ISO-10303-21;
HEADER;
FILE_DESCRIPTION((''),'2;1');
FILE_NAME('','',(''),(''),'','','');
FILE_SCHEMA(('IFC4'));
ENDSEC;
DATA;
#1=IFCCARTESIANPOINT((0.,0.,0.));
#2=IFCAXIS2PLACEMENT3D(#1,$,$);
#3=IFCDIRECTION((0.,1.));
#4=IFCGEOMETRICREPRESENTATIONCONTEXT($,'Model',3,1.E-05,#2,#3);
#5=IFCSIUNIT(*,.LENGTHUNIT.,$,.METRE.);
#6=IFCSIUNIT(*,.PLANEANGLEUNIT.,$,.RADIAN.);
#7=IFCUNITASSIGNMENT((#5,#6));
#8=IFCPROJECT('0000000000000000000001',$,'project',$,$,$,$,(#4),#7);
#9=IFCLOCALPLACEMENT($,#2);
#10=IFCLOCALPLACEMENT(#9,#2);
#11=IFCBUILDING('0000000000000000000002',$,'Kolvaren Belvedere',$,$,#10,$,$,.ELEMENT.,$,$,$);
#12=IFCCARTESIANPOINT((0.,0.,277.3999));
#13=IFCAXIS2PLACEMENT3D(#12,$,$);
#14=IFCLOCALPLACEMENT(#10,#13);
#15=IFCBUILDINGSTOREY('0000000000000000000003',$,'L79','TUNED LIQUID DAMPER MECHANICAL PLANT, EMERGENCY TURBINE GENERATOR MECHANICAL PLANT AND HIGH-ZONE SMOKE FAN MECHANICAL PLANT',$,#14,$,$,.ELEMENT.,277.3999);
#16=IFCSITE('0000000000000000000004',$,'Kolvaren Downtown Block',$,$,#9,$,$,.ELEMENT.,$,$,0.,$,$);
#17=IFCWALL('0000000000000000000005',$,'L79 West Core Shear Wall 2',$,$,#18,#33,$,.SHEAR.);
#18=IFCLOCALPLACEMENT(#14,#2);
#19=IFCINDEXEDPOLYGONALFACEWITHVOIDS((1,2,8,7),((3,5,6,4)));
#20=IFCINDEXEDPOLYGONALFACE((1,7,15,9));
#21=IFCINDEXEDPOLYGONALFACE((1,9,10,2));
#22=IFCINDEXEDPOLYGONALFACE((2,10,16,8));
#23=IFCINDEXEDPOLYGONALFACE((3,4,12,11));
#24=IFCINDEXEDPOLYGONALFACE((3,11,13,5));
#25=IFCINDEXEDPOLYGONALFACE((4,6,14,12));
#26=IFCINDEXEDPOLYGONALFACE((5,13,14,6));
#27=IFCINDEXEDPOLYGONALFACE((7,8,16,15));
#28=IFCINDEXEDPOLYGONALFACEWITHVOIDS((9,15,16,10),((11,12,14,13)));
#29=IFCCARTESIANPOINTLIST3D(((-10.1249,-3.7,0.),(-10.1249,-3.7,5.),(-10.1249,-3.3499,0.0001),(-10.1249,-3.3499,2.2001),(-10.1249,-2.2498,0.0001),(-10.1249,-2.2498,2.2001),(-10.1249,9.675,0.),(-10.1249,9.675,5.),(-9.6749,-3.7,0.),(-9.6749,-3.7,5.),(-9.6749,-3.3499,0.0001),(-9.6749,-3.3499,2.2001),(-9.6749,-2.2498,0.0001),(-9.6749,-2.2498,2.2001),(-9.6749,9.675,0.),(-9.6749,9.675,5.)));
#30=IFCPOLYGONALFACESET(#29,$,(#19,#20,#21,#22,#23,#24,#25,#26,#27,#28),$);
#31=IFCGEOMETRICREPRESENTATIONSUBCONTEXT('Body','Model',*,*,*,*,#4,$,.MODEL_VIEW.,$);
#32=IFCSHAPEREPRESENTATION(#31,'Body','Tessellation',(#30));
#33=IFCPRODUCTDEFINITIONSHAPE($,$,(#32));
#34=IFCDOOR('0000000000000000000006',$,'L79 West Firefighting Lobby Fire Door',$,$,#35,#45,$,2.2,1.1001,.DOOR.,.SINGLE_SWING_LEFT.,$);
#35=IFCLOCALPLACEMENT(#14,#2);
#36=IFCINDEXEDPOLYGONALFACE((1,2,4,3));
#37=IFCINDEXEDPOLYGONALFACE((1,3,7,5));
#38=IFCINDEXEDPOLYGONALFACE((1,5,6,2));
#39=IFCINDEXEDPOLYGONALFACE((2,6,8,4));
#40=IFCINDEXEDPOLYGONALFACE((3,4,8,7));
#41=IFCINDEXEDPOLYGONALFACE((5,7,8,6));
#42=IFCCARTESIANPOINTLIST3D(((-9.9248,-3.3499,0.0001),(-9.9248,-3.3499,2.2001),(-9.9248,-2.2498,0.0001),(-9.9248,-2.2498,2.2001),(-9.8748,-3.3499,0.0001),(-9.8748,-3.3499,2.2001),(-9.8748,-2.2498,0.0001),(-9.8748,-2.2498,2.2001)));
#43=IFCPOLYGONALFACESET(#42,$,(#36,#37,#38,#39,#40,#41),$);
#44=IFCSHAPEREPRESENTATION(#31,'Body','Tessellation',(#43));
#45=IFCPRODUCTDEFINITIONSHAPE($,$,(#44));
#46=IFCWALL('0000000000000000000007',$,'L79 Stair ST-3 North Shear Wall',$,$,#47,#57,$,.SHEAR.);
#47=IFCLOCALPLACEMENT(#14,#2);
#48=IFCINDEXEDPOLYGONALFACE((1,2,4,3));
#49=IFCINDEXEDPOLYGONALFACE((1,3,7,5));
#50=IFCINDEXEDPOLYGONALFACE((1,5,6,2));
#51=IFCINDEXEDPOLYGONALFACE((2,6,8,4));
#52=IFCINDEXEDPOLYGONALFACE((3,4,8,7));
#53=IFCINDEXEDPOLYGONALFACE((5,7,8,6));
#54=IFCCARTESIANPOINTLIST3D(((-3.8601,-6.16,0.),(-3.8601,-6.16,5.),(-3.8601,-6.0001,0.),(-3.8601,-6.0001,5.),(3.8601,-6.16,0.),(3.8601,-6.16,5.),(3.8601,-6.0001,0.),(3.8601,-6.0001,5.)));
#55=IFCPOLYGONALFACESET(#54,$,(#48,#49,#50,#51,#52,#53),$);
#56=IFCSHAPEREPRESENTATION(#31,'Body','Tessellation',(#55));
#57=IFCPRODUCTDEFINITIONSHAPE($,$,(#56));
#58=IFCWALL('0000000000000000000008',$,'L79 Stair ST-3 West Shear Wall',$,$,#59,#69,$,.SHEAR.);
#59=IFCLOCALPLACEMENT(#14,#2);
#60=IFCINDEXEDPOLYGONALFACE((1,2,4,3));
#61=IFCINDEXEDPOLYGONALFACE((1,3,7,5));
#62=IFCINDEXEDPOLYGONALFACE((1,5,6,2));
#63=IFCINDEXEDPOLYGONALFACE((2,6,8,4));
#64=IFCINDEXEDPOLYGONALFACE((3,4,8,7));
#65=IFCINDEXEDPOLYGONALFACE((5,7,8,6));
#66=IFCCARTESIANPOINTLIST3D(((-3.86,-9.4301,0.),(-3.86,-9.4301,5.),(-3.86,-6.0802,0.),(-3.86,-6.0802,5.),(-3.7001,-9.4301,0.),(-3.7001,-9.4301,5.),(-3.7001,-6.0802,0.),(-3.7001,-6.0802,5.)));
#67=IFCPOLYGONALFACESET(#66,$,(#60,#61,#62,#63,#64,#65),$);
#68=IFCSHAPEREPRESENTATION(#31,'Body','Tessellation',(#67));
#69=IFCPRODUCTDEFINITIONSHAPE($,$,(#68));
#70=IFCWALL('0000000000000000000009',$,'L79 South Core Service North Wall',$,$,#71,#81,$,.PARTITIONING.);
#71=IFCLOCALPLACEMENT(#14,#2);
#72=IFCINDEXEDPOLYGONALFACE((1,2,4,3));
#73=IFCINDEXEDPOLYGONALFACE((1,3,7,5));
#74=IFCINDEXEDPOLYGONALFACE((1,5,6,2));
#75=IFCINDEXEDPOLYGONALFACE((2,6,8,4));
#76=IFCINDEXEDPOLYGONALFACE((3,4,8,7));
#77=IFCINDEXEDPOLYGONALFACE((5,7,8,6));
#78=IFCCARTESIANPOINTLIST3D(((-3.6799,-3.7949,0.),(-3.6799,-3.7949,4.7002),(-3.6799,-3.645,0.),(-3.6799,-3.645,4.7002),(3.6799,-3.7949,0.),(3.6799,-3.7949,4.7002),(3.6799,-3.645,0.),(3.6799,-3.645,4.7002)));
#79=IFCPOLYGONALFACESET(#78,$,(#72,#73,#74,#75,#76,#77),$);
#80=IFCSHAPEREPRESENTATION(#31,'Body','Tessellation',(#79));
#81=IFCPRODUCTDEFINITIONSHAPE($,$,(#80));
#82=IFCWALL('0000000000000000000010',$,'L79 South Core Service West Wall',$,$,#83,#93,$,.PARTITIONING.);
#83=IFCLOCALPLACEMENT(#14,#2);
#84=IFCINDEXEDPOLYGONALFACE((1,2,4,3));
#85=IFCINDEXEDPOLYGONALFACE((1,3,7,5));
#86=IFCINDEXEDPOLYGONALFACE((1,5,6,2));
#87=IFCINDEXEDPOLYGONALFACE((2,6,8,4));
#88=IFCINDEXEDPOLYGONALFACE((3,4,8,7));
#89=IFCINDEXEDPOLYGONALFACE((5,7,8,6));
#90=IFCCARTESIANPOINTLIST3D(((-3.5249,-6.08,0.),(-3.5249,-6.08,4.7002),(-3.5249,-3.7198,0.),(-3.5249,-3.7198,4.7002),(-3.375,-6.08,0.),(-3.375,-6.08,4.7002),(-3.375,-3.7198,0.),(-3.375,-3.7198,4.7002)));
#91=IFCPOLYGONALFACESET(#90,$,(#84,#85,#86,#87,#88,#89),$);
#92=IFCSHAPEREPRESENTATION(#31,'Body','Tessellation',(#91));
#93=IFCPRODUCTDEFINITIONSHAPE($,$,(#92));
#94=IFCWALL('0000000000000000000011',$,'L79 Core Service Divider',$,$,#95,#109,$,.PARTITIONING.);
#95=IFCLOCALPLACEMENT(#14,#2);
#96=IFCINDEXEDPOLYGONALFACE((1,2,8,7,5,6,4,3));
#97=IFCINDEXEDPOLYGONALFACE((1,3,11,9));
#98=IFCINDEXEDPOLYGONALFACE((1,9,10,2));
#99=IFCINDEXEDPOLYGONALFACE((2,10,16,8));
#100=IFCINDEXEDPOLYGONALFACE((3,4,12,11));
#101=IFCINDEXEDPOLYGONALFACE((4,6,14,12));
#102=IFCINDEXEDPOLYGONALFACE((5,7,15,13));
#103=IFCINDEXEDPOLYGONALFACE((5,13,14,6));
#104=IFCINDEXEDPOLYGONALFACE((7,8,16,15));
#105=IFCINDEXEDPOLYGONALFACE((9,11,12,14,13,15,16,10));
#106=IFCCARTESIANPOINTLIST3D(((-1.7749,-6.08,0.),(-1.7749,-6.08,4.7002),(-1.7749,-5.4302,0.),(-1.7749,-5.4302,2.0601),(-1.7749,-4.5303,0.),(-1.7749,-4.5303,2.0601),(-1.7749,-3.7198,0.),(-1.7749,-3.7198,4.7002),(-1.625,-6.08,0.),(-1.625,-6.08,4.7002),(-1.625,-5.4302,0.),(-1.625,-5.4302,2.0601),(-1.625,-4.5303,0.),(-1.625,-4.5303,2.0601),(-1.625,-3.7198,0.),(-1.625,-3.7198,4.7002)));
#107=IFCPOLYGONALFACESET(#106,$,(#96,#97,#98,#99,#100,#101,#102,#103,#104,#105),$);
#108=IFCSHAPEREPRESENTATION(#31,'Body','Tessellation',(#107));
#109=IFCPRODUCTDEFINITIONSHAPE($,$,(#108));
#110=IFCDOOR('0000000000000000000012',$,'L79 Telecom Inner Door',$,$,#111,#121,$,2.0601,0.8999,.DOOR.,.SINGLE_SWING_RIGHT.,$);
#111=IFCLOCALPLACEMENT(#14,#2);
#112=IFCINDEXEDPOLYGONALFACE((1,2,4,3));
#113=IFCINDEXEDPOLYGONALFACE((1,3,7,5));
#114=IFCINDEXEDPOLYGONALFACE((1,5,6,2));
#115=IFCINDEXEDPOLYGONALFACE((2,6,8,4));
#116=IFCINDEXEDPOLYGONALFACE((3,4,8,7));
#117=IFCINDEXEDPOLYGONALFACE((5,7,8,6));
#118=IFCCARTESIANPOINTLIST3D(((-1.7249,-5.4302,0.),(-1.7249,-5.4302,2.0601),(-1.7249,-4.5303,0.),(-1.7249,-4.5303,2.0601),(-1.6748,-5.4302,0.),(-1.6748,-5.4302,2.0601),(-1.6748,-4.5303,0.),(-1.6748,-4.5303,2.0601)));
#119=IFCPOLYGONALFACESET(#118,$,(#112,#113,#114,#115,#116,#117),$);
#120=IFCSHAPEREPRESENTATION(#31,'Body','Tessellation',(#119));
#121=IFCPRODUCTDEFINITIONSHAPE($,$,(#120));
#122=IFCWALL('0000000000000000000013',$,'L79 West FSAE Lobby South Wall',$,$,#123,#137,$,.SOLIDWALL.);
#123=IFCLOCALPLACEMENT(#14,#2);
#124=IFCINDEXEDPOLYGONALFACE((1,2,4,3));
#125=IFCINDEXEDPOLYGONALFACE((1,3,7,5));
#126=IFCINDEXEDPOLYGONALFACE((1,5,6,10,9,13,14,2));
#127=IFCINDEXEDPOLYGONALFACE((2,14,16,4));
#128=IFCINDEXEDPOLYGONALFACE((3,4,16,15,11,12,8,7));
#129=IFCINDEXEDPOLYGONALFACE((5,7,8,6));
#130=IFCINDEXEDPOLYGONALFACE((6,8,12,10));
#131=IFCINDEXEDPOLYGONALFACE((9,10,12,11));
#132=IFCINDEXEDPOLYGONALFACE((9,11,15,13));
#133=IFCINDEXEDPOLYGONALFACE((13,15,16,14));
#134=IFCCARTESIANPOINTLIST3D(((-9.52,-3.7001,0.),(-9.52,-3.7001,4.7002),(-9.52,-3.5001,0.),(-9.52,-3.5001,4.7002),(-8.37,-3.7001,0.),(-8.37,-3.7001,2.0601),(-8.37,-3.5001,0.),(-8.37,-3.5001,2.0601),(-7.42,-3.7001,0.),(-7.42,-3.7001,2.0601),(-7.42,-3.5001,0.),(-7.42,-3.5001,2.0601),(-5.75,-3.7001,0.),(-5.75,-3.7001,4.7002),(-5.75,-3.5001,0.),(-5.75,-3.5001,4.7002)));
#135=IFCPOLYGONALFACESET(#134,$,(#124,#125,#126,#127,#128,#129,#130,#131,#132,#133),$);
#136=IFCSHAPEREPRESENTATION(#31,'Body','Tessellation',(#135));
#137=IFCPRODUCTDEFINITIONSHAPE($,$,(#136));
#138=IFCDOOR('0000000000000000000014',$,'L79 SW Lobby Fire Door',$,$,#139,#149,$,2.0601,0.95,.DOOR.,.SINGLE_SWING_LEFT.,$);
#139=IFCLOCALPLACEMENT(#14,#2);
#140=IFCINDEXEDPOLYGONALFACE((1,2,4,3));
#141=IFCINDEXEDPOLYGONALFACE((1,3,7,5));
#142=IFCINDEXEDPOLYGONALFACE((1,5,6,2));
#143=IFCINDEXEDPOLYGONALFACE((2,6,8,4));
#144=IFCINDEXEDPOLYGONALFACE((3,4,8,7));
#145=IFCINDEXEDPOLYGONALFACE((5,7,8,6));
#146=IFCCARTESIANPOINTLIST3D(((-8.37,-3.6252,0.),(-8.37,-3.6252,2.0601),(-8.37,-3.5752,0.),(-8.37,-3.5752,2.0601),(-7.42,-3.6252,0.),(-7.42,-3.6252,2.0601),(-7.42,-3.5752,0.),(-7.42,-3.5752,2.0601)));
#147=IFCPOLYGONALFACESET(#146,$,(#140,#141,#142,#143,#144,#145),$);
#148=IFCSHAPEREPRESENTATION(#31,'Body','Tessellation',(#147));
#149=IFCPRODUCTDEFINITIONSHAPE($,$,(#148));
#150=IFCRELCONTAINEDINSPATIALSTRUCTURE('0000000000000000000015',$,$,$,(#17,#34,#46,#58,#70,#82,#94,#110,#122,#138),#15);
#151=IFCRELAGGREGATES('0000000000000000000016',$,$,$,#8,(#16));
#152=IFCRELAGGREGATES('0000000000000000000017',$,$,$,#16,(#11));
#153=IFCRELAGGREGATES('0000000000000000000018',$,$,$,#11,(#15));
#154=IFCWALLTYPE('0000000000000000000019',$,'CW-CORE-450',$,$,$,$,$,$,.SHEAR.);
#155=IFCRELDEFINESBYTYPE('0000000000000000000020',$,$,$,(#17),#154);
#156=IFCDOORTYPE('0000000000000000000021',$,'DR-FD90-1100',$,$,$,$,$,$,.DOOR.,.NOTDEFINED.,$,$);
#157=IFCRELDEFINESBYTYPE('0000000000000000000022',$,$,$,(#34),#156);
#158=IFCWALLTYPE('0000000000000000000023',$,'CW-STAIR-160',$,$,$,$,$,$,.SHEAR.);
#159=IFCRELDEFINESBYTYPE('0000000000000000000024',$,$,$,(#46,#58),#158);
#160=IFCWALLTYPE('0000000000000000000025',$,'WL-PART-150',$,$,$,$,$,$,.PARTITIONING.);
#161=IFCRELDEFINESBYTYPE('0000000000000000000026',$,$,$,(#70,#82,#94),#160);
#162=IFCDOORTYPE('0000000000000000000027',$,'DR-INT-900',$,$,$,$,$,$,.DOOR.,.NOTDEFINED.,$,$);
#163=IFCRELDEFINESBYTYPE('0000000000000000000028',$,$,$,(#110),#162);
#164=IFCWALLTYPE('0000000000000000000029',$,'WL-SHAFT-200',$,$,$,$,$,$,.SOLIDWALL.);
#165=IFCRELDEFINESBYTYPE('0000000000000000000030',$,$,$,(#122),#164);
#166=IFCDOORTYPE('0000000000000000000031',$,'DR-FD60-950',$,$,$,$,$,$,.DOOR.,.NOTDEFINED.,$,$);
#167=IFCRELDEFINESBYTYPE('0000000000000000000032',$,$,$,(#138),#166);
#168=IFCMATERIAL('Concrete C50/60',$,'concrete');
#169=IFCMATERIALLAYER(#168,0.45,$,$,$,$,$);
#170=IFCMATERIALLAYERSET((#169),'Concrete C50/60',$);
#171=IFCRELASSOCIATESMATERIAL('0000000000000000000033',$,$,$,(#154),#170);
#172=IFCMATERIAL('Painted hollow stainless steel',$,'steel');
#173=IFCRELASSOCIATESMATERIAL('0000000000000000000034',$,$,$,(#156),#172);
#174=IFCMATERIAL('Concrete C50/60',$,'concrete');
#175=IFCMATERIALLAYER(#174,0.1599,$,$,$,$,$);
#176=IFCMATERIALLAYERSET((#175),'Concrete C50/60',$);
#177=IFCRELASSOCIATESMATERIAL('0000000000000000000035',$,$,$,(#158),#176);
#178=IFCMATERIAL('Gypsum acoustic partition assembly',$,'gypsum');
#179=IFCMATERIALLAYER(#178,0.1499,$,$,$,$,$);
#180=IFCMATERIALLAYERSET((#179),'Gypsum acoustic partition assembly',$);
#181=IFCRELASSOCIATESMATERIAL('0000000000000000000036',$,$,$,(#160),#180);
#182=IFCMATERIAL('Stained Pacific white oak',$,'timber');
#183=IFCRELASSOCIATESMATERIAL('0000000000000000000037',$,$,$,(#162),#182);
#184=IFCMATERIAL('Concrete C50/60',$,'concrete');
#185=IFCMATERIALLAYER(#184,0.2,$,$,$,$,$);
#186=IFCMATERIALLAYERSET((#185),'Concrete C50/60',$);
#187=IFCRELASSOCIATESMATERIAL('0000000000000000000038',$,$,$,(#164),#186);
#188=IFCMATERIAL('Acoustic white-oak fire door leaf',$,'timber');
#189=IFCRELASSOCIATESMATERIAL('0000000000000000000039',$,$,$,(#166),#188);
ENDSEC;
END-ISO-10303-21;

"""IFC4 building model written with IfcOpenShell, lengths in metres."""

from ifc_helpers import new_model, si_unit, direction, frame, frame_2d, origin, place, context, subcontext, project, spatial, rectangle, extrude, material, layer, layer_set, type_object, element, fill, save


model = new_model("IFC4")

# Units and contexts
model_context = context("Model", 3, precision=1e-05, world=origin(), true_north=direction((0.0, 1.0)))
body_context = subcontext(model_context, "Body", "Model", "MODEL_VIEW")
ifc_project = project(units=[si_unit("LENGTHUNIT", "METRE"), si_unit("PLANEANGLEUNIT", "RADIAN")], contexts=[model_context])

# Site, building, storey
site_placement = place(None, origin())
site = spatial("IfcSite", under=ifc_project, at=site_placement, Name="Kolvaren Downtown Block", CompositionType="ELEMENT", RefElevation=0.0)
building_placement = place(site_placement, origin())
building = spatial("IfcBuilding", under=site, at=building_placement, Name="Kolvaren Belvedere", CompositionType="ELEMENT")
storey_placement = place(building_placement, frame((0.0, 0.0, 277.3999)))
storey = spatial("IfcBuildingStorey", under=building, at=storey_placement, Name="L79", Description="TUNED LIQUID DAMPER MECHANICAL PLANT, EMERGENCY TURBINE GENERATOR MECHANICAL PLANT AND HIGH-ZONE SMOKE FAN MECHANICAL PLANT", CompositionType="ELEMENT", Elevation=277.3999)

# Shared definitions
ifc_material_1 = material(Name="Concrete C50/60", Category="concrete")
ifc_layer_1 = layer(ifc_material_1, 0.45)
ifc_layer_set_1 = layer_set([ifc_layer_1], Name="Concrete C50/60")
wall_type_1 = type_object("IfcWallType", Name="CW-CORE-450", PredefinedType="SHEAR", material=ifc_layer_set_1)

# Wall, opening, door
wall_1_placement = place(storey_placement, frame((-9.8999, -3.7, 0.0), z_axis=(0.0, 0.0, 1.0), x_axis=(0.0, 1.0, 0.0)))
wall_1 = element("IfcWall", 1, at=wall_1_placement, inside=storey, type_object=wall_type_1, Name="L79 West Core Shear Wall 2", PredefinedType="SHEAR", context=body_context, shape_type="SweptSolid", body=[
    extrude(rectangle(XDim=13.375, YDim=0.45, at=frame_2d((6.6875, 0.0))), origin(), (0.0, 0.0, 1.0), 5.0),
])
opening_1_placement = place(wall_1_placement, frame((0.3501, 0.0, 0.0)))
opening_1 = element("IfcOpeningElement", 2, at=opening_1_placement, cuts=wall_1, PredefinedType="OPENING", context=body_context, shape_type="SweptSolid", body=[
    extrude(rectangle(XDim=1.1001, YDim=2.2, at=frame_2d((0.55, 1.1001))), frame((0.0, 0.2349, 0.0), z_axis=(0.0, -1.0, 0.0), x_axis=(1.0, 0.0, 0.0)), (0.0, 0.0, 1.0), 0.47),
])
ifc_material_2 = material(Name="Painted hollow stainless steel", Category="steel")
door_type_1 = type_object("IfcDoorType", Name="DR-FD90-1100", OperationType="NOTDEFINED", PredefinedType="DOOR", material=ifc_material_2)
door_1_placement = place(opening_1_placement, origin())
door_1 = element("IfcDoor", 3, at=door_1_placement, inside=storey, type_object=door_type_1, Name="L79 West Firefighting Lobby Fire Door", OperationType="SINGLE_SWING_LEFT", OverallHeight=2.2, OverallWidth=1.1001, PredefinedType="DOOR", context=body_context, shape_type="SweptSolid", body=[
    extrude(rectangle(XDim=1.1001, YDim=2.2, at=frame_2d((0.55, 1.1001))), frame((0.0, 0.0249, 0.0), z_axis=(0.0, -1.0, 0.0), x_axis=(1.0, 0.0, 0.0)), (0.0, 0.0, 1.0), 0.05),
])
fill(opening_1, door_1)

# Walls
ifc_material_3 = material(Name="Concrete C50/60", Category="concrete")
ifc_layer_2 = layer(ifc_material_3, 0.1599)
ifc_layer_set_2 = layer_set([ifc_layer_2], Name="Concrete C50/60")
wall_type_2 = type_object("IfcWallType", Name="CW-STAIR-160", PredefinedType="SHEAR", material=ifc_layer_set_2)
wall_2_placement = place(storey_placement, frame((-3.8601, -6.0801, 0.0), z_axis=(0.0, 0.0, 1.0), x_axis=(1.0, 0.0, 0.0)))
element("IfcWall", 4, at=wall_2_placement, inside=storey, type_object=wall_type_2, Name="L79 Stair ST-3 North Shear Wall", PredefinedType="SHEAR", context=body_context, shape_type="SweptSolid", body=[
    extrude(rectangle(XDim=7.7202, YDim=0.1599, at=frame_2d((3.8601, 0.0))), origin(), (0.0, 0.0, 1.0), 5.0),
])
wall_3_placement = place(storey_placement, frame((-3.78, -9.4299, 0.0), z_axis=(0.0, 0.0, 1.0), x_axis=(0.0, 1.0, 0.0)))
element("IfcWall", 5, at=wall_3_placement, inside=storey, type_object=wall_type_2, Name="L79 Stair ST-3 West Shear Wall", PredefinedType="SHEAR", context=body_context, shape_type="SweptSolid", body=[
    extrude(rectangle(XDim=3.3499, YDim=0.1599, at=frame_2d((1.6748, 0.0))), origin(), (0.0, 0.0, 1.0), 5.0),
])
ifc_material_4 = material(Name="Gypsum acoustic partition assembly", Category="gypsum")
ifc_layer_3 = layer(ifc_material_4, 0.1499)
ifc_layer_set_3 = layer_set([ifc_layer_3], Name="Gypsum acoustic partition assembly")
wall_type_3 = type_object("IfcWallType", Name="WL-PART-150", PredefinedType="PARTITIONING", material=ifc_layer_set_3)
wall_4_placement = place(storey_placement, frame((-3.6799, -3.72, 0.0), z_axis=(0.0, 0.0, 1.0), x_axis=(1.0, 0.0, 0.0)))
element("IfcWall", 6, at=wall_4_placement, inside=storey, type_object=wall_type_3, Name="L79 South Core Service North Wall", PredefinedType="PARTITIONING", context=body_context, shape_type="SweptSolid", body=[
    extrude(rectangle(XDim=7.3599, YDim=0.1499, at=frame_2d((3.6799, 0.0))), origin(), (0.0, 0.0, 1.0), 4.7002),
])
wall_5_placement = place(storey_placement, frame((-3.45, -6.0801, 0.0), z_axis=(0.0, 0.0, 1.0), x_axis=(0.0, 1.0, 0.0)))
element("IfcWall", 7, at=wall_5_placement, inside=storey, type_object=wall_type_3, Name="L79 South Core Service West Wall", PredefinedType="PARTITIONING", context=body_context, shape_type="SweptSolid", body=[
    extrude(rectangle(XDim=2.3601, YDim=0.1499, at=frame_2d((1.1802, 0.0))), origin(), (0.0, 0.0, 1.0), 4.7002),
])

# Walls, openings, doors
wall_6_placement = place(storey_placement, frame((-1.7, -6.0801, 0.0), z_axis=(0.0, 0.0, 1.0), x_axis=(0.0, 1.0, 0.0)))
wall_6 = element("IfcWall", 8, at=wall_6_placement, inside=storey, type_object=wall_type_3, Name="L79 Core Service Divider", PredefinedType="PARTITIONING", context=body_context, shape_type="SweptSolid", body=[
    extrude(rectangle(XDim=2.3601, YDim=0.1499, at=frame_2d((1.1802, 0.0))), origin(), (0.0, 0.0, 1.0), 4.7002),
])
opening_2_placement = place(wall_6_placement, frame((0.6499, 0.0, 0.0)))
opening_2 = element("IfcOpeningElement", 9, at=opening_2_placement, cuts=wall_6, PredefinedType="OPENING", context=body_context, shape_type="SweptSolid", body=[
    extrude(rectangle(XDim=0.8999, YDim=2.0601, at=frame_2d((0.45, 1.03))), frame((0.0, 0.085, 0.0), z_axis=(0.0, -1.0, 0.0), x_axis=(1.0, 0.0, 0.0)), (0.0, 0.0, 1.0), 0.1699),
])
ifc_material_5 = material(Name="Stained Pacific white oak", Category="timber")
door_type_2 = type_object("IfcDoorType", Name="DR-INT-900", OperationType="NOTDEFINED", PredefinedType="DOOR", material=ifc_material_5)
door_2_placement = place(opening_2_placement, origin())
door_2 = element("IfcDoor", 10, at=door_2_placement, inside=storey, type_object=door_type_2, Name="L79 Telecom Inner Door", OperationType="SINGLE_SWING_RIGHT", OverallHeight=2.0601, OverallWidth=0.8999, PredefinedType="DOOR", context=body_context, shape_type="SweptSolid", body=[
    extrude(rectangle(XDim=0.8999, YDim=2.0601, at=frame_2d((0.45, 1.03))), frame((0.0, 0.0249, 0.0), z_axis=(0.0, -1.0, 0.0), x_axis=(1.0, 0.0, 0.0)), (0.0, 0.0, 1.0), 0.05),
])
fill(opening_2, door_2)
ifc_material_6 = material(Name="Concrete C50/60", Category="concrete")
ifc_layer_4 = layer(ifc_material_6, 0.2)
ifc_layer_set_4 = layer_set([ifc_layer_4], Name="Concrete C50/60")
wall_type_4 = type_object("IfcWallType", Name="WL-SHAFT-200", PredefinedType="SOLIDWALL", material=ifc_layer_set_4)
wall_7_placement = place(storey_placement, frame((-9.52, -3.6001, 0.0), z_axis=(0.0, 0.0, 1.0), x_axis=(1.0, 0.0, 0.0)))
wall_7 = element("IfcWall", 11, at=wall_7_placement, inside=storey, type_object=wall_type_4, Name="L79 West FSAE Lobby South Wall", PredefinedType="SOLIDWALL", context=body_context, shape_type="SweptSolid", body=[
    extrude(rectangle(XDim=3.77, YDim=0.2, at=frame_2d((1.885, 0.0))), origin(), (0.0, 0.0, 1.0), 4.7002),
])
opening_3_placement = place(wall_7_placement, frame((1.1499, 0.0, 0.0)))
opening_3 = element("IfcOpeningElement", 12, at=opening_3_placement, cuts=wall_7, PredefinedType="OPENING", context=body_context, shape_type="SweptSolid", body=[
    extrude(rectangle(XDim=0.95, YDim=2.0601, at=frame_2d((0.4751, 1.03))), frame((0.0, 0.1099, 0.0), z_axis=(0.0, -1.0, 0.0), x_axis=(1.0, 0.0, 0.0)), (0.0, 0.0, 1.0), 0.22),
])
ifc_material_7 = material(Name="Acoustic white-oak fire door leaf", Category="timber")
door_type_3 = type_object("IfcDoorType", Name="DR-FD60-950", OperationType="NOTDEFINED", PredefinedType="DOOR", material=ifc_material_7)
door_3_placement = place(opening_3_placement, origin())
door_3 = element("IfcDoor", 13, at=door_3_placement, inside=storey, type_object=door_type_3, Name="L79 SW Lobby Fire Door", OperationType="SINGLE_SWING_LEFT", OverallHeight=2.0601, OverallWidth=0.95, PredefinedType="DOOR", context=body_context, shape_type="SweptSolid", body=[
    extrude(rectangle(XDim=0.95, YDim=2.0601, at=frame_2d((0.4751, 1.03))), frame((0.0, 0.0249, 0.0), z_axis=(0.0, -1.0, 0.0), x_axis=(1.0, 0.0, 0.0)), (0.0, 0.0, 1.0), 0.05),
])
fill(opening_3, door_3)

save(model, "model.ifc")
